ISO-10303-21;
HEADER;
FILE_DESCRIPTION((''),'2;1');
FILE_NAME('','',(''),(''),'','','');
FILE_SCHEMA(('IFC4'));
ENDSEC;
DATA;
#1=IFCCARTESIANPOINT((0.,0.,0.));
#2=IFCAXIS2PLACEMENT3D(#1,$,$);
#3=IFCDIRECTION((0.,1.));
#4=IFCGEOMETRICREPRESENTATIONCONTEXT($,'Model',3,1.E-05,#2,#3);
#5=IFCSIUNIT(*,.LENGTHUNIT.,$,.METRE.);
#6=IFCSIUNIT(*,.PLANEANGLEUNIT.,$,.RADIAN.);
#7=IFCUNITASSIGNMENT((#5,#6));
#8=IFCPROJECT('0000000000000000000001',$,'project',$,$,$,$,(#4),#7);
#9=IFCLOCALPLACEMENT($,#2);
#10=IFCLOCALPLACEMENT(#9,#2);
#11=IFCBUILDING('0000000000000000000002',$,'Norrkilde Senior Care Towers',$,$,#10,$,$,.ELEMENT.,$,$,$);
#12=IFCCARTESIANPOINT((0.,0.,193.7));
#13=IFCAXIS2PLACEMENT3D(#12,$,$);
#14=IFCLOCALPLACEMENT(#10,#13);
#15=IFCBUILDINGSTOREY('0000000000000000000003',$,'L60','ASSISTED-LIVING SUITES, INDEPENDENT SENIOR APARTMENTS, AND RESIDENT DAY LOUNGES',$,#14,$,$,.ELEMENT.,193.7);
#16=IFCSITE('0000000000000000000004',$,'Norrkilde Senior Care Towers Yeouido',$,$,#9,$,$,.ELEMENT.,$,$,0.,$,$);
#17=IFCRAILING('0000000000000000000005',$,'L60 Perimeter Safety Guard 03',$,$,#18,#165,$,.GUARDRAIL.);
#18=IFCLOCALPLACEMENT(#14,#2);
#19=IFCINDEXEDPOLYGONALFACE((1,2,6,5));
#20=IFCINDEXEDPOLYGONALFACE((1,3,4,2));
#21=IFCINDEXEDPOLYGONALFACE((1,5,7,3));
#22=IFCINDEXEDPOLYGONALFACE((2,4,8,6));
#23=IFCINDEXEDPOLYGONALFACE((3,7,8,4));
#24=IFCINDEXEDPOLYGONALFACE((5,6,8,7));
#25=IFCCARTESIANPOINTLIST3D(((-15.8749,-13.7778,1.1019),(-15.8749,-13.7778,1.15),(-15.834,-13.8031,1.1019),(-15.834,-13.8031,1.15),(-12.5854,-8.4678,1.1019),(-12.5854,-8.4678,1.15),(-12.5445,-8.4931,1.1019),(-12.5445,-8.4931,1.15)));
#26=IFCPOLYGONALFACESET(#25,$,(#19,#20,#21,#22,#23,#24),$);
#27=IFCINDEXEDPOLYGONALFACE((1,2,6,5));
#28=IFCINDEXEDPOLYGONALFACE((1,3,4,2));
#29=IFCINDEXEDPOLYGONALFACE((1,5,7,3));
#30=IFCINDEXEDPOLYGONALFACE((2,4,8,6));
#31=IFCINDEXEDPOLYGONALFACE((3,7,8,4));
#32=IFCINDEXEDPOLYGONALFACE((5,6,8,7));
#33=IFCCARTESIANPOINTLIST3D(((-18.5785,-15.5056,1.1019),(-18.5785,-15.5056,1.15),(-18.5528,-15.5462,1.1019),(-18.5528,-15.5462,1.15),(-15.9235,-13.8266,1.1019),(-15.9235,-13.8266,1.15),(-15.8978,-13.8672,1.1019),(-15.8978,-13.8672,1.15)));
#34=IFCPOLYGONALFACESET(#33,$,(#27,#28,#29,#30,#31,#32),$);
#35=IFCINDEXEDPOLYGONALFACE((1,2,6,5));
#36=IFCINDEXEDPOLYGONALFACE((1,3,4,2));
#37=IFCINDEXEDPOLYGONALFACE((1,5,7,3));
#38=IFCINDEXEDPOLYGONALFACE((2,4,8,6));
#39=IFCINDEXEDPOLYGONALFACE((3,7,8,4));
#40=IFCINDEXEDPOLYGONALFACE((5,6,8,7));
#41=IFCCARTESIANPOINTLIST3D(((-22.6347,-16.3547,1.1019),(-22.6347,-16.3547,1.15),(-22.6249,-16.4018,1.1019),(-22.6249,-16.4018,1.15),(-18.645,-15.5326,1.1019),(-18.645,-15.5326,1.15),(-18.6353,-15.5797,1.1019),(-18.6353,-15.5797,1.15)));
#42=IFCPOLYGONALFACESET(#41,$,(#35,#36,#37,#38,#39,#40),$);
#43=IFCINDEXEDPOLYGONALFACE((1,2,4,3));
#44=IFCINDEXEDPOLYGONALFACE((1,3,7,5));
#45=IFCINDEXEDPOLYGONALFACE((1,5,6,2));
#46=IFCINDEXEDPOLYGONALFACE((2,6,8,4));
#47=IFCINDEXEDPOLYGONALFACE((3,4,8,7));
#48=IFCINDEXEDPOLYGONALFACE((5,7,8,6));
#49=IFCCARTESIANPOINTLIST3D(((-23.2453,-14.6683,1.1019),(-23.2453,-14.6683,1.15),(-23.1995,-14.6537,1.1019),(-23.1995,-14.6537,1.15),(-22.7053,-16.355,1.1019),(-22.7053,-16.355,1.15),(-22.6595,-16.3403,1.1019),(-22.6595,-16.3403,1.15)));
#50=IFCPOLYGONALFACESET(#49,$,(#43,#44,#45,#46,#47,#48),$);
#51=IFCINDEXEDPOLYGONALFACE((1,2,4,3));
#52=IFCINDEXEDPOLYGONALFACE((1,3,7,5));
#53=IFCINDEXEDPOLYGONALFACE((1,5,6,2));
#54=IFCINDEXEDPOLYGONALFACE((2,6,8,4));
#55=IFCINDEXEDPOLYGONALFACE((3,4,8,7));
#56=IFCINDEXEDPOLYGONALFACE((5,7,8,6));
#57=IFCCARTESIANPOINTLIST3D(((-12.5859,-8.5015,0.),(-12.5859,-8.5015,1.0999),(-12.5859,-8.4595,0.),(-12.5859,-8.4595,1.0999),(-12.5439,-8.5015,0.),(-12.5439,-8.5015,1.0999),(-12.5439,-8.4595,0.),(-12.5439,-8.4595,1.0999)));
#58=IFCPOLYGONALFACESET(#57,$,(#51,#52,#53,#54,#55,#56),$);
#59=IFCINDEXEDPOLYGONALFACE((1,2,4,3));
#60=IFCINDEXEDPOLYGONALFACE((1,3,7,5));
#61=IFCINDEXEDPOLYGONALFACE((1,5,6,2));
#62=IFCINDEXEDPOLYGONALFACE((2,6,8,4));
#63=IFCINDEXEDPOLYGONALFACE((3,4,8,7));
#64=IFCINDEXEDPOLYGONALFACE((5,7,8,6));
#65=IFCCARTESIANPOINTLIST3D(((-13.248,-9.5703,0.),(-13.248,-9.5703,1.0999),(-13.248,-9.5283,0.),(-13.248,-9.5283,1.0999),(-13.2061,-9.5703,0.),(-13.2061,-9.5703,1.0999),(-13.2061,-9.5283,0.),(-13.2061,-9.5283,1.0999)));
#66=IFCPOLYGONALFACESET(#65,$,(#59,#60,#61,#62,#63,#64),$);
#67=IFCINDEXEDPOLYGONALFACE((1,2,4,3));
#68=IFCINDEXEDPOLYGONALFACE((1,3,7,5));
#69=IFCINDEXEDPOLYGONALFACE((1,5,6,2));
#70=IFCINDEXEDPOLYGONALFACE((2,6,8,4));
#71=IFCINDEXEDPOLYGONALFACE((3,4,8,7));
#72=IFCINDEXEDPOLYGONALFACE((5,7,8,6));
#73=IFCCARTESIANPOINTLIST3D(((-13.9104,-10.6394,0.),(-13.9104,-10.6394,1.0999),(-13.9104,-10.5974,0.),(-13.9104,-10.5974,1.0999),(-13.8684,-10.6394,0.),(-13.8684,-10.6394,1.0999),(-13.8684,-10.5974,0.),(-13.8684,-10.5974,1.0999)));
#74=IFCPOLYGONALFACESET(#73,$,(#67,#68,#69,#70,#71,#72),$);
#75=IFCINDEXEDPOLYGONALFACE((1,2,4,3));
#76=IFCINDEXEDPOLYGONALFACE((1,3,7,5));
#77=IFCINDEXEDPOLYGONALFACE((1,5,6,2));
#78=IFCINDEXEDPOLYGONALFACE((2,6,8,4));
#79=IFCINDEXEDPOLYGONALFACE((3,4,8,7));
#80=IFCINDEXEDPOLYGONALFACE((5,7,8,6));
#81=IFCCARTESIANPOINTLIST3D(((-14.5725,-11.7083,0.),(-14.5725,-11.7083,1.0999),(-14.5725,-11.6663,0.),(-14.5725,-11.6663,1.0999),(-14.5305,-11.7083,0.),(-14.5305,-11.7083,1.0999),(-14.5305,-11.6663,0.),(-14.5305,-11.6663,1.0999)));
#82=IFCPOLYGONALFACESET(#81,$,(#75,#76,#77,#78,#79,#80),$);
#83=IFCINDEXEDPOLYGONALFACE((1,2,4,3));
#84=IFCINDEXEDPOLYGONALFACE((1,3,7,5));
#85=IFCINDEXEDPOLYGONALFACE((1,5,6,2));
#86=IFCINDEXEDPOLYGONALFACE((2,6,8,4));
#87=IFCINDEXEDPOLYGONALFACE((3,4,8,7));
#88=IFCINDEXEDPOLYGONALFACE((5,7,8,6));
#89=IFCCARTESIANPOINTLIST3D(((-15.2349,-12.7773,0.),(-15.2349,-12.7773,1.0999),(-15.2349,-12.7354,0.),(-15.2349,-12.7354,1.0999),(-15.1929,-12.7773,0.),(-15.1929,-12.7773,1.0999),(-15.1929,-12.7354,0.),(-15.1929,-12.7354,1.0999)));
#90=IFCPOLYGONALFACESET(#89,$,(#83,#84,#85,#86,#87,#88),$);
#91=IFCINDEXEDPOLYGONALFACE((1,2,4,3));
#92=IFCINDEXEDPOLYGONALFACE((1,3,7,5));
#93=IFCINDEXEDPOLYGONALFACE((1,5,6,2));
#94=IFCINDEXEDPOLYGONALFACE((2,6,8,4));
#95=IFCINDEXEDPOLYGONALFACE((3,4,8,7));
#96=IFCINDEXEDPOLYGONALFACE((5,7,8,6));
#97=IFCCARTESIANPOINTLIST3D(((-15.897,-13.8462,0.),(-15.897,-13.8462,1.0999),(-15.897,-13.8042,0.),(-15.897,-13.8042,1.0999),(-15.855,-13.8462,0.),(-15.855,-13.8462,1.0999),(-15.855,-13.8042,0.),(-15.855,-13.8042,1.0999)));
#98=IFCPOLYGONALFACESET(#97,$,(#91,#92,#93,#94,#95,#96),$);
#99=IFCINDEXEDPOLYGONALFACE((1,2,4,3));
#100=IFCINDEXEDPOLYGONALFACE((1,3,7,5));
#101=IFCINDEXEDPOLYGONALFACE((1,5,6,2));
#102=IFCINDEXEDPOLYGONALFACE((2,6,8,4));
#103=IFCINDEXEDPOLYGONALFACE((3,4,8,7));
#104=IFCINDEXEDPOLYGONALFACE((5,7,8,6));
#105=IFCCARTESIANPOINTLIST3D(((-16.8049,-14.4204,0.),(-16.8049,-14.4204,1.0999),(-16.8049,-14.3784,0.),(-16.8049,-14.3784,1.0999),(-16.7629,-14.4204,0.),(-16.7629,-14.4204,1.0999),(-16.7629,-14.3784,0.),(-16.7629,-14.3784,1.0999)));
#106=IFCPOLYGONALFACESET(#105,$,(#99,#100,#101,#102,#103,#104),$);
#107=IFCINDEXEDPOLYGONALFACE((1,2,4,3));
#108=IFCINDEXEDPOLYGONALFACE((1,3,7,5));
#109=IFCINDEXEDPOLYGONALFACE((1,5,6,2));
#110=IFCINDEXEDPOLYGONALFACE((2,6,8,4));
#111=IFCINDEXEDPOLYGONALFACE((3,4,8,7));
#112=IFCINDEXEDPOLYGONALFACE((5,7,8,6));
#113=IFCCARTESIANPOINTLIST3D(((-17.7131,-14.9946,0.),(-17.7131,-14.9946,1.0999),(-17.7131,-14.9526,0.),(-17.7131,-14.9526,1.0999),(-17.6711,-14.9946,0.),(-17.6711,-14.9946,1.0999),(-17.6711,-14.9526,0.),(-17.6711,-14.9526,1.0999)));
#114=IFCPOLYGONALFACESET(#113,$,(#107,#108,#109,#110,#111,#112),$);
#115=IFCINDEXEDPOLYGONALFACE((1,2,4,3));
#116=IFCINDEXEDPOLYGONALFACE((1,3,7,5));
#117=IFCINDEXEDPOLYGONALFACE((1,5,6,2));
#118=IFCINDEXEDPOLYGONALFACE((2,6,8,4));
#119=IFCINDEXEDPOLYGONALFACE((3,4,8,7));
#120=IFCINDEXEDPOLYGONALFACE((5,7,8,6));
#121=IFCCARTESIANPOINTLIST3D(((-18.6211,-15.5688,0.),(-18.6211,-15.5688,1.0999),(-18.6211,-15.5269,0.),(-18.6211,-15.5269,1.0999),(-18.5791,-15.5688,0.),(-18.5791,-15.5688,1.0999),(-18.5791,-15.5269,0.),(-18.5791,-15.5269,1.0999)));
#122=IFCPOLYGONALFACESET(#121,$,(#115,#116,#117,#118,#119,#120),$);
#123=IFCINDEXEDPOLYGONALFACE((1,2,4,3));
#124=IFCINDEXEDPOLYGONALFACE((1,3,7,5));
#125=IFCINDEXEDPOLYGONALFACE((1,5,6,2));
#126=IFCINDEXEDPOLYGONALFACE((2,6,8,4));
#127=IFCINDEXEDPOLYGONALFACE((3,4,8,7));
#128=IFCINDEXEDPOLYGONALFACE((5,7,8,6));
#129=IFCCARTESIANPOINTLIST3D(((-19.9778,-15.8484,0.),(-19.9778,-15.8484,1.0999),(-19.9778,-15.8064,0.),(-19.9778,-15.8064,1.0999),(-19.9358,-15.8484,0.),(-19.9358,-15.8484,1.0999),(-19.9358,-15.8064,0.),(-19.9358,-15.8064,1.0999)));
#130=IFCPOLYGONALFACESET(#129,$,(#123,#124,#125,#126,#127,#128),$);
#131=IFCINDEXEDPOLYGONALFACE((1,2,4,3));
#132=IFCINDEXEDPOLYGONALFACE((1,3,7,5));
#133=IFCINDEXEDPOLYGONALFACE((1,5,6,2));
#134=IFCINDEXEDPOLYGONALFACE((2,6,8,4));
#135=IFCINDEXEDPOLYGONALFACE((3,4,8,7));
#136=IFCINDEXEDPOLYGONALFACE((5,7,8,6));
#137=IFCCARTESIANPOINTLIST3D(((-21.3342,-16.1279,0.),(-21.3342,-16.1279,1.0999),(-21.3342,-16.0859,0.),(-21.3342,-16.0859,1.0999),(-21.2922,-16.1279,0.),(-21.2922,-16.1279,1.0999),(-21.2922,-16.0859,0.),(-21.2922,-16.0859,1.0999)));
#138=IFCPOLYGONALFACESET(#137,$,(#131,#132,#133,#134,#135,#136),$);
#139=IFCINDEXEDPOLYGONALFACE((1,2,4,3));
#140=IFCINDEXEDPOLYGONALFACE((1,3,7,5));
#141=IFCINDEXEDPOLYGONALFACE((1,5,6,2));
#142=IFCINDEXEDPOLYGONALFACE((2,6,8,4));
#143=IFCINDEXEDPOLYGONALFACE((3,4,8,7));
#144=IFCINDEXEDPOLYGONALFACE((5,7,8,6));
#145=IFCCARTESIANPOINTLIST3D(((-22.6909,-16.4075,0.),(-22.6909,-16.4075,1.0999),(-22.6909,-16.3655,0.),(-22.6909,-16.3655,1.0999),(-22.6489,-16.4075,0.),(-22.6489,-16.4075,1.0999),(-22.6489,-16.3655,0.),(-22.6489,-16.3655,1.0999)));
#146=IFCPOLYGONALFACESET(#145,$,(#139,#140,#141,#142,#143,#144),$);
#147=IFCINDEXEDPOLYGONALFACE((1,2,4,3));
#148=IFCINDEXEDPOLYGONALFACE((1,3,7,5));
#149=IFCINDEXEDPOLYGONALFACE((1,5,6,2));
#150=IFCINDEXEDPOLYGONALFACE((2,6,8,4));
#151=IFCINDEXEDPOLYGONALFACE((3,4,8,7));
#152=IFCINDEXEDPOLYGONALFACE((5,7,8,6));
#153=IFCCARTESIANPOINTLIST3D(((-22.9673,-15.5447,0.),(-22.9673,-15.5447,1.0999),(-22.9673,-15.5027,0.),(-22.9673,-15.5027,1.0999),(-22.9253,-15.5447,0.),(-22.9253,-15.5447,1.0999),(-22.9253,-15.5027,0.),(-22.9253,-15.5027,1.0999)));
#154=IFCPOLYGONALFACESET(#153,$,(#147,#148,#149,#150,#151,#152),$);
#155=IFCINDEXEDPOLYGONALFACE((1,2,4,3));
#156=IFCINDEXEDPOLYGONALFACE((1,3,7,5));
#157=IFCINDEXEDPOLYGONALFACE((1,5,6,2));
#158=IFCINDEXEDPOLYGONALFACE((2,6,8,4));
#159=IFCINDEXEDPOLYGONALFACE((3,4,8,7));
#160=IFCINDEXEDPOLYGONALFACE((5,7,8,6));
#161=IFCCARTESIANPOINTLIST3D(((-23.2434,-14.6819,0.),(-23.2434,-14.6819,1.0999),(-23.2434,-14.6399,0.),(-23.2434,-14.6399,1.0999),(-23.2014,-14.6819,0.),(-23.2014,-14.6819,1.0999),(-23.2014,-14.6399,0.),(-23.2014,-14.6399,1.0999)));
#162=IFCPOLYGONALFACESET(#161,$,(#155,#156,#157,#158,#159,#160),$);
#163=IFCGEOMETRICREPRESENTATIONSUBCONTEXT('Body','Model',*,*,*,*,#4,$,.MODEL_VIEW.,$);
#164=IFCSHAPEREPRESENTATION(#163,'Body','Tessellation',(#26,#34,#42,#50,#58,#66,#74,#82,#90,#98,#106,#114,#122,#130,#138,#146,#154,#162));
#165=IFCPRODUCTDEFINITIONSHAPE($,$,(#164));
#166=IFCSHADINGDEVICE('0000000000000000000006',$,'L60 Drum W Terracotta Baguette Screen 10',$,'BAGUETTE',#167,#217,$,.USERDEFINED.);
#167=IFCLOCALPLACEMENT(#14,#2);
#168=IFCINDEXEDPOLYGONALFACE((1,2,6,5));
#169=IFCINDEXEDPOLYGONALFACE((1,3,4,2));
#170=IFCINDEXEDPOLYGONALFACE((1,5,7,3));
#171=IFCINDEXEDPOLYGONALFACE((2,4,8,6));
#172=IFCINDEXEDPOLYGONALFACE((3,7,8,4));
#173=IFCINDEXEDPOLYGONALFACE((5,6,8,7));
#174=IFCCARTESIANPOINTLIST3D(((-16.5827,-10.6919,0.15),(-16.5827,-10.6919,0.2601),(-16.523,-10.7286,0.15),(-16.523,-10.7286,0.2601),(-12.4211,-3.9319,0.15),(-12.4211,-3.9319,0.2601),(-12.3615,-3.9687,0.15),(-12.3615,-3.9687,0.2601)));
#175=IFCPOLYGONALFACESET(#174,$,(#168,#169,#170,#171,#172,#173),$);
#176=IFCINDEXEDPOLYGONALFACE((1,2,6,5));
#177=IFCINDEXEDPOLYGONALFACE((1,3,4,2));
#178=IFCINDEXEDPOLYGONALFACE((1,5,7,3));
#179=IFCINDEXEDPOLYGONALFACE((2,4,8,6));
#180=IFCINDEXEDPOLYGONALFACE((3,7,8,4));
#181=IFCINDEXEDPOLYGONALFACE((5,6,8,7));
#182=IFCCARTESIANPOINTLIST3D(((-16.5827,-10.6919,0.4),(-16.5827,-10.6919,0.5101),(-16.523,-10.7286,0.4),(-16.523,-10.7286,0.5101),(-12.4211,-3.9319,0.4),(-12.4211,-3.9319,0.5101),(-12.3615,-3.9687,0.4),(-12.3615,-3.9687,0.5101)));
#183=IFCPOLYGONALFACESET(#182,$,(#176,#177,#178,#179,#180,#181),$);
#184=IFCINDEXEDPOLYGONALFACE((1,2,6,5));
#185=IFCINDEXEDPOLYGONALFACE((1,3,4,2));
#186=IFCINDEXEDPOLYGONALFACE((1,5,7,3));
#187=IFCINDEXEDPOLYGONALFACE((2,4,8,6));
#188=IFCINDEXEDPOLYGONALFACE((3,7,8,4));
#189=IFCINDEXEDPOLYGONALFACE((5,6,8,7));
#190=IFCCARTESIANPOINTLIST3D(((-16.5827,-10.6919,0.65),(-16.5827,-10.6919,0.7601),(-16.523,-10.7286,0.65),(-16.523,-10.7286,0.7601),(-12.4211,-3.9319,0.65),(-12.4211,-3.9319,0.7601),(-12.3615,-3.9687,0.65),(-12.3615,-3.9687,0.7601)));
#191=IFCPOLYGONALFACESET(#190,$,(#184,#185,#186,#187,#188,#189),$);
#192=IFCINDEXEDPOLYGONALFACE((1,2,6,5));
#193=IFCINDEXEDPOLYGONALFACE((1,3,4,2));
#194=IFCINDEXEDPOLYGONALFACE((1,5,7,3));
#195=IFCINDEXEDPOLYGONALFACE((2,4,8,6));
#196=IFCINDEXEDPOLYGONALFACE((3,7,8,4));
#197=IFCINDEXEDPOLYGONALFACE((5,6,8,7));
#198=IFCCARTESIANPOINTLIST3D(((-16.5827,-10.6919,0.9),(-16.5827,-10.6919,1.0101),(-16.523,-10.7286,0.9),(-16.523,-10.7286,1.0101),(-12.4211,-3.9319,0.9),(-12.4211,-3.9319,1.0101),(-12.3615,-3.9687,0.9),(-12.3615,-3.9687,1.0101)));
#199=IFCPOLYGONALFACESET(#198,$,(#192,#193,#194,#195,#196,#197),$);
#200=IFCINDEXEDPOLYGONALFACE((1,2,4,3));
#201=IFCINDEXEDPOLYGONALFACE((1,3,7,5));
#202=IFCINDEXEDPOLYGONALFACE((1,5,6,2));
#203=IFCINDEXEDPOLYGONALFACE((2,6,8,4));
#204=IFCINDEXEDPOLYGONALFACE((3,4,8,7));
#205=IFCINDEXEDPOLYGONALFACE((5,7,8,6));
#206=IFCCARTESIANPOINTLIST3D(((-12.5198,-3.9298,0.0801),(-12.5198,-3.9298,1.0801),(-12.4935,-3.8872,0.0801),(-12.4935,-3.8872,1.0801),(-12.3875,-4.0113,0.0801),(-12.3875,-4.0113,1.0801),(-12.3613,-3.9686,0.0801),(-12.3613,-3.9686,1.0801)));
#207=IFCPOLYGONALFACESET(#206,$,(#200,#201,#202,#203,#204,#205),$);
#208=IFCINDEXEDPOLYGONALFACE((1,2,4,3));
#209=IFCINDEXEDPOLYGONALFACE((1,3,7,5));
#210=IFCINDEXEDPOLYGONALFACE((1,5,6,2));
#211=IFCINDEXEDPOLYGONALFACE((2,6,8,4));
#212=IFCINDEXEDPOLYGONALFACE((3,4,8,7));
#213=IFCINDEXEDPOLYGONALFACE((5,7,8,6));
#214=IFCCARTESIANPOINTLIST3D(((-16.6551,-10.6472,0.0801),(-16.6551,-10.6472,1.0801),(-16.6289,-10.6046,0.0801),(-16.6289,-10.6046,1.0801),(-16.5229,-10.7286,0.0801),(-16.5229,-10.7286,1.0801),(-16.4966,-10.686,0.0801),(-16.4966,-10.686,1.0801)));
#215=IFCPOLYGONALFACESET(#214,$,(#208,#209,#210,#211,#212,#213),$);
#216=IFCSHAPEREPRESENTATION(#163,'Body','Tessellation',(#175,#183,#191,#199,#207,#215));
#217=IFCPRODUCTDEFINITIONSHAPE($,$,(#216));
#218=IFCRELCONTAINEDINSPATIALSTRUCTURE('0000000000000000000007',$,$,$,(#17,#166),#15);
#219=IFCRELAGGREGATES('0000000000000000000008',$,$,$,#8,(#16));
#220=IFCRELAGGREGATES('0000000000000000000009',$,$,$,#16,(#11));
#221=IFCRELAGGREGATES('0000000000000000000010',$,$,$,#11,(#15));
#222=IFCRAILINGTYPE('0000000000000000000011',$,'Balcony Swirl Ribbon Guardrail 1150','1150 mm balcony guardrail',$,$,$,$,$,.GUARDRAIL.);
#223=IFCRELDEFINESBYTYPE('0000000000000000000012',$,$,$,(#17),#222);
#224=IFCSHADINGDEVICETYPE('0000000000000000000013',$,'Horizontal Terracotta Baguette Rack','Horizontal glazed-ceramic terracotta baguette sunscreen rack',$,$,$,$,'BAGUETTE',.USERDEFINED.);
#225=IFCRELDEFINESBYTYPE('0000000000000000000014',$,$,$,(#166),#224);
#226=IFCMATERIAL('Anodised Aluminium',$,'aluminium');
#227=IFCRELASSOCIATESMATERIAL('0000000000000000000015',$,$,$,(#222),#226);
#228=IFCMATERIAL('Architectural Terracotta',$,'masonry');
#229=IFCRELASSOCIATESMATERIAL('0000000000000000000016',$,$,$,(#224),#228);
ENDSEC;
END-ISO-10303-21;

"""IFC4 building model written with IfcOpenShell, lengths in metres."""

from ifc_helpers import new_model, si_unit, direction, frame, origin, origin_2d, place, context, subcontext, project, spatial, rectangle, extrude, source, transform, mapped, material, type_object, type_shapes, element, save


model = new_model("IFC4")

# Units and contexts
model_context = context("Model", 3, precision=1e-05, world=origin(), true_north=direction((0.0, 1.0)))
body_context = subcontext(model_context, "Body", "Model", "MODEL_VIEW")
ifc_project = project(units=[si_unit("LENGTHUNIT", "METRE"), si_unit("PLANEANGLEUNIT", "RADIAN")], contexts=[model_context])

# Site, building, storey
site_placement = place(None, origin())
site = spatial("IfcSite", under=ifc_project, at=site_placement, Name="Norrkilde Senior Care Towers Yeouido", CompositionType="ELEMENT", RefElevation=0.0)
building_placement = place(site_placement, origin())
building = spatial("IfcBuilding", under=site, at=building_placement, Name="Norrkilde Senior Care Towers", CompositionType="ELEMENT")
storey_placement = place(building_placement, frame((0.0, 0.0, 193.7)))
storey = spatial("IfcBuildingStorey", under=building, at=storey_placement, Name="L60", Description="ASSISTED-LIVING SUITES, INDEPENDENT SENIOR APARTMENTS, AND RESIDENT DAY LOUNGES", CompositionType="ELEMENT", Elevation=193.7)

# Shared definitions
ifc_material_1 = material(Name="Anodised Aluminium", Category="aluminium")

# Railing
railing_type = type_object("IfcRailingType", Name="Balcony Swirl Ribbon Guardrail 1150", Description="1150 mm balcony guardrail", PredefinedType="GUARDRAIL", material=ifc_material_1)
railing_placement = place(storey_placement, frame((-12.5649, -8.4805, 0.0)))
element("IfcRailing", 1, at=railing_placement, inside=storey, type_object=railing_type, Name="L60 Perimeter Safety Guard 03", PredefinedType="GUARDRAIL", context=body_context, shape_type="SweptSolid", body=[
    extrude(rectangle(XDim=0.0481, YDim=0.0481, at=origin_2d()), frame((0.0, 0.0, 1.126), z_axis=(-0.52663, -0.850095, 0.0), x_axis=(0.850095, -0.52663, 0.0)), (0.0, 0.0, 1.0), 6.2463),
    extrude(rectangle(XDim=0.0481, YDim=0.0481, at=origin_2d()), frame((-3.3457, -5.3665, 1.126), z_axis=(-0.845186, -0.534472, 0.0), x_axis=(0.534472, -0.845186, 0.0)), (0.0, 0.0, 1.0), 3.1414),
    extrude(rectangle(XDim=0.0481, YDim=0.0481, at=origin_2d()), frame((-6.0752, -7.0757, 1.126), z_axis=(-0.979423, -0.201819, 0.0), x_axis=(0.201819, -0.979423, 0.0)), (0.0, 0.0, 1.0), 4.0735),
    extrude(rectangle(XDim=0.0481, YDim=0.0481, at=origin_2d()), frame((-10.1174, -7.8672, 1.126), z_axis=(-0.304927, 0.952376, 0.0), x_axis=(-0.952376, -0.304927, 0.0)), (0.0, 0.0, 1.0), 1.771),
    extrude(rectangle(XDim=0.042, YDim=0.042, at=origin_2d()), origin(), (0.0, 0.0, 1.0), 1.0999),
    extrude(rectangle(XDim=0.042, YDim=0.042, at=origin_2d()), frame((-0.6621, -1.0688, 0.0)), (0.0, 0.0, 1.0), 1.0999),
    extrude(rectangle(XDim=0.042, YDim=0.042, at=origin_2d()), frame((-1.3245, -2.1379, 0.0)), (0.0, 0.0, 1.0), 1.0999),
    extrude(rectangle(XDim=0.042, YDim=0.042, at=origin_2d()), frame((-1.9866, -3.2068, 0.0)), (0.0, 0.0, 1.0), 1.0999),
    extrude(rectangle(XDim=0.042, YDim=0.042, at=origin_2d()), frame((-2.6489, -4.2759, 0.0)), (0.0, 0.0, 1.0), 1.0999),
    extrude(rectangle(XDim=0.042, YDim=0.042, at=origin_2d()), frame((-3.311, -5.3447, 0.0)), (0.0, 0.0, 1.0), 1.0999),
    extrude(rectangle(XDim=0.042, YDim=0.042, at=origin_2d()), frame((-4.219, -5.9189, 0.0)), (0.0, 0.0, 1.0), 1.0999),
    extrude(rectangle(XDim=0.042, YDim=0.042, at=origin_2d()), frame((-5.1272, -6.4932, 0.0)), (0.0, 0.0, 1.0), 1.0999),
    extrude(rectangle(XDim=0.042, YDim=0.042, at=origin_2d()), frame((-6.0352, -7.0674, 0.0)), (0.0, 0.0, 1.0), 1.0999),
    extrude(rectangle(XDim=0.042, YDim=0.042, at=origin_2d()), frame((-7.3918, -7.3469, 0.0)), (0.0, 0.0, 1.0), 1.0999),
    extrude(rectangle(XDim=0.042, YDim=0.042, at=origin_2d()), frame((-8.7483, -7.6265, 0.0)), (0.0, 0.0, 1.0), 1.0999),
    extrude(rectangle(XDim=0.042, YDim=0.042, at=origin_2d()), frame((-10.105, -7.906, 0.0)), (0.0, 0.0, 1.0), 1.0999),
    extrude(rectangle(XDim=0.042, YDim=0.042, at=origin_2d()), frame((-10.3813, -7.0432, 0.0)), (0.0, 0.0, 1.0), 1.0999),
    extrude(rectangle(XDim=0.042, YDim=0.042, at=origin_2d()), frame((-10.6575, -6.1804, 0.0)), (0.0, 0.0, 1.0), 1.0999),
])

# Shading device
ifc_material_2 = material(Name="Architectural Terracotta", Category="masonry")
shading_device_type = type_object("IfcShadingDeviceType", Name="Horizontal Terracotta Baguette Rack", Description="Horizontal glazed-ceramic terracotta baguette sunscreen rack", ElementType="BAGUETTE", PredefinedType="USERDEFINED", material=ifc_material_2)
shared_shape_1 = source(origin(), body_context, "Body", "SweptSolid", [
    extrude(rectangle(XDim=0.0701, YDim=0.1101, at=origin_2d()), frame((0.0, 0.0901, 0.125), z_axis=(1.0, 0.0, 0.0), x_axis=(0.0, 1.0, 0.0)), (0.0, 0.0, 1.0), 7.9382),
    extrude(rectangle(XDim=0.0701, YDim=0.1101, at=origin_2d()), frame((0.0, 0.0901, 0.375), z_axis=(1.0, 0.0, 0.0), x_axis=(0.0, 1.0, 0.0)), (0.0, 0.0, 1.0), 7.9382),
    extrude(rectangle(XDim=0.0701, YDim=0.1101, at=origin_2d()), frame((0.0, 0.0901, 0.625), z_axis=(1.0, 0.0, 0.0), x_axis=(0.0, 1.0, 0.0)), (0.0, 0.0, 1.0), 7.9382),
    extrude(rectangle(XDim=0.0701, YDim=0.1101, at=origin_2d()), frame((0.0, 0.0901, 0.875), z_axis=(1.0, 0.0, 0.0), x_axis=(0.0, 1.0, 0.0)), (0.0, 0.0, 1.0), 7.9382),
    extrude(rectangle(XDim=0.05, YDim=0.1553, at=origin_2d()), frame((0.0249, 0.0476, 0.0)), (0.0, 0.0, 1.0), 1.0),
    extrude(rectangle(XDim=0.05, YDim=0.1553, at=origin_2d()), frame((7.9131, 0.0476, 0.0)), (0.0, 0.0, 1.0), 1.0),
])
type_shapes(shading_device_type, [shared_shape_1])
shading_device_placement = place(storey_placement, frame((-12.468, -3.9031, 0.0801), z_axis=(0.0, 0.0, 1.0), x_axis=(-0.52425, -0.851576, 0.0)))
element("IfcShadingDevice", 2, at=shading_device_placement, inside=storey, type_object=shading_device_type, Name="L60 Drum W Terracotta Baguette Screen 10", ObjectType="BAGUETTE", PredefinedType="USERDEFINED", context=body_context, shape_type="MappedRepresentation", body=[
    mapped(shared_shape_1, transform((0.0, 0.0, 0.0), x_axis=(1.0, 0.0, 0.0), y_axis=(0.0, 1.0, 0.0), z_axis=(0.0, 0.0, 1.0), scale=1.0)),
])

save(model, "model.ifc")
